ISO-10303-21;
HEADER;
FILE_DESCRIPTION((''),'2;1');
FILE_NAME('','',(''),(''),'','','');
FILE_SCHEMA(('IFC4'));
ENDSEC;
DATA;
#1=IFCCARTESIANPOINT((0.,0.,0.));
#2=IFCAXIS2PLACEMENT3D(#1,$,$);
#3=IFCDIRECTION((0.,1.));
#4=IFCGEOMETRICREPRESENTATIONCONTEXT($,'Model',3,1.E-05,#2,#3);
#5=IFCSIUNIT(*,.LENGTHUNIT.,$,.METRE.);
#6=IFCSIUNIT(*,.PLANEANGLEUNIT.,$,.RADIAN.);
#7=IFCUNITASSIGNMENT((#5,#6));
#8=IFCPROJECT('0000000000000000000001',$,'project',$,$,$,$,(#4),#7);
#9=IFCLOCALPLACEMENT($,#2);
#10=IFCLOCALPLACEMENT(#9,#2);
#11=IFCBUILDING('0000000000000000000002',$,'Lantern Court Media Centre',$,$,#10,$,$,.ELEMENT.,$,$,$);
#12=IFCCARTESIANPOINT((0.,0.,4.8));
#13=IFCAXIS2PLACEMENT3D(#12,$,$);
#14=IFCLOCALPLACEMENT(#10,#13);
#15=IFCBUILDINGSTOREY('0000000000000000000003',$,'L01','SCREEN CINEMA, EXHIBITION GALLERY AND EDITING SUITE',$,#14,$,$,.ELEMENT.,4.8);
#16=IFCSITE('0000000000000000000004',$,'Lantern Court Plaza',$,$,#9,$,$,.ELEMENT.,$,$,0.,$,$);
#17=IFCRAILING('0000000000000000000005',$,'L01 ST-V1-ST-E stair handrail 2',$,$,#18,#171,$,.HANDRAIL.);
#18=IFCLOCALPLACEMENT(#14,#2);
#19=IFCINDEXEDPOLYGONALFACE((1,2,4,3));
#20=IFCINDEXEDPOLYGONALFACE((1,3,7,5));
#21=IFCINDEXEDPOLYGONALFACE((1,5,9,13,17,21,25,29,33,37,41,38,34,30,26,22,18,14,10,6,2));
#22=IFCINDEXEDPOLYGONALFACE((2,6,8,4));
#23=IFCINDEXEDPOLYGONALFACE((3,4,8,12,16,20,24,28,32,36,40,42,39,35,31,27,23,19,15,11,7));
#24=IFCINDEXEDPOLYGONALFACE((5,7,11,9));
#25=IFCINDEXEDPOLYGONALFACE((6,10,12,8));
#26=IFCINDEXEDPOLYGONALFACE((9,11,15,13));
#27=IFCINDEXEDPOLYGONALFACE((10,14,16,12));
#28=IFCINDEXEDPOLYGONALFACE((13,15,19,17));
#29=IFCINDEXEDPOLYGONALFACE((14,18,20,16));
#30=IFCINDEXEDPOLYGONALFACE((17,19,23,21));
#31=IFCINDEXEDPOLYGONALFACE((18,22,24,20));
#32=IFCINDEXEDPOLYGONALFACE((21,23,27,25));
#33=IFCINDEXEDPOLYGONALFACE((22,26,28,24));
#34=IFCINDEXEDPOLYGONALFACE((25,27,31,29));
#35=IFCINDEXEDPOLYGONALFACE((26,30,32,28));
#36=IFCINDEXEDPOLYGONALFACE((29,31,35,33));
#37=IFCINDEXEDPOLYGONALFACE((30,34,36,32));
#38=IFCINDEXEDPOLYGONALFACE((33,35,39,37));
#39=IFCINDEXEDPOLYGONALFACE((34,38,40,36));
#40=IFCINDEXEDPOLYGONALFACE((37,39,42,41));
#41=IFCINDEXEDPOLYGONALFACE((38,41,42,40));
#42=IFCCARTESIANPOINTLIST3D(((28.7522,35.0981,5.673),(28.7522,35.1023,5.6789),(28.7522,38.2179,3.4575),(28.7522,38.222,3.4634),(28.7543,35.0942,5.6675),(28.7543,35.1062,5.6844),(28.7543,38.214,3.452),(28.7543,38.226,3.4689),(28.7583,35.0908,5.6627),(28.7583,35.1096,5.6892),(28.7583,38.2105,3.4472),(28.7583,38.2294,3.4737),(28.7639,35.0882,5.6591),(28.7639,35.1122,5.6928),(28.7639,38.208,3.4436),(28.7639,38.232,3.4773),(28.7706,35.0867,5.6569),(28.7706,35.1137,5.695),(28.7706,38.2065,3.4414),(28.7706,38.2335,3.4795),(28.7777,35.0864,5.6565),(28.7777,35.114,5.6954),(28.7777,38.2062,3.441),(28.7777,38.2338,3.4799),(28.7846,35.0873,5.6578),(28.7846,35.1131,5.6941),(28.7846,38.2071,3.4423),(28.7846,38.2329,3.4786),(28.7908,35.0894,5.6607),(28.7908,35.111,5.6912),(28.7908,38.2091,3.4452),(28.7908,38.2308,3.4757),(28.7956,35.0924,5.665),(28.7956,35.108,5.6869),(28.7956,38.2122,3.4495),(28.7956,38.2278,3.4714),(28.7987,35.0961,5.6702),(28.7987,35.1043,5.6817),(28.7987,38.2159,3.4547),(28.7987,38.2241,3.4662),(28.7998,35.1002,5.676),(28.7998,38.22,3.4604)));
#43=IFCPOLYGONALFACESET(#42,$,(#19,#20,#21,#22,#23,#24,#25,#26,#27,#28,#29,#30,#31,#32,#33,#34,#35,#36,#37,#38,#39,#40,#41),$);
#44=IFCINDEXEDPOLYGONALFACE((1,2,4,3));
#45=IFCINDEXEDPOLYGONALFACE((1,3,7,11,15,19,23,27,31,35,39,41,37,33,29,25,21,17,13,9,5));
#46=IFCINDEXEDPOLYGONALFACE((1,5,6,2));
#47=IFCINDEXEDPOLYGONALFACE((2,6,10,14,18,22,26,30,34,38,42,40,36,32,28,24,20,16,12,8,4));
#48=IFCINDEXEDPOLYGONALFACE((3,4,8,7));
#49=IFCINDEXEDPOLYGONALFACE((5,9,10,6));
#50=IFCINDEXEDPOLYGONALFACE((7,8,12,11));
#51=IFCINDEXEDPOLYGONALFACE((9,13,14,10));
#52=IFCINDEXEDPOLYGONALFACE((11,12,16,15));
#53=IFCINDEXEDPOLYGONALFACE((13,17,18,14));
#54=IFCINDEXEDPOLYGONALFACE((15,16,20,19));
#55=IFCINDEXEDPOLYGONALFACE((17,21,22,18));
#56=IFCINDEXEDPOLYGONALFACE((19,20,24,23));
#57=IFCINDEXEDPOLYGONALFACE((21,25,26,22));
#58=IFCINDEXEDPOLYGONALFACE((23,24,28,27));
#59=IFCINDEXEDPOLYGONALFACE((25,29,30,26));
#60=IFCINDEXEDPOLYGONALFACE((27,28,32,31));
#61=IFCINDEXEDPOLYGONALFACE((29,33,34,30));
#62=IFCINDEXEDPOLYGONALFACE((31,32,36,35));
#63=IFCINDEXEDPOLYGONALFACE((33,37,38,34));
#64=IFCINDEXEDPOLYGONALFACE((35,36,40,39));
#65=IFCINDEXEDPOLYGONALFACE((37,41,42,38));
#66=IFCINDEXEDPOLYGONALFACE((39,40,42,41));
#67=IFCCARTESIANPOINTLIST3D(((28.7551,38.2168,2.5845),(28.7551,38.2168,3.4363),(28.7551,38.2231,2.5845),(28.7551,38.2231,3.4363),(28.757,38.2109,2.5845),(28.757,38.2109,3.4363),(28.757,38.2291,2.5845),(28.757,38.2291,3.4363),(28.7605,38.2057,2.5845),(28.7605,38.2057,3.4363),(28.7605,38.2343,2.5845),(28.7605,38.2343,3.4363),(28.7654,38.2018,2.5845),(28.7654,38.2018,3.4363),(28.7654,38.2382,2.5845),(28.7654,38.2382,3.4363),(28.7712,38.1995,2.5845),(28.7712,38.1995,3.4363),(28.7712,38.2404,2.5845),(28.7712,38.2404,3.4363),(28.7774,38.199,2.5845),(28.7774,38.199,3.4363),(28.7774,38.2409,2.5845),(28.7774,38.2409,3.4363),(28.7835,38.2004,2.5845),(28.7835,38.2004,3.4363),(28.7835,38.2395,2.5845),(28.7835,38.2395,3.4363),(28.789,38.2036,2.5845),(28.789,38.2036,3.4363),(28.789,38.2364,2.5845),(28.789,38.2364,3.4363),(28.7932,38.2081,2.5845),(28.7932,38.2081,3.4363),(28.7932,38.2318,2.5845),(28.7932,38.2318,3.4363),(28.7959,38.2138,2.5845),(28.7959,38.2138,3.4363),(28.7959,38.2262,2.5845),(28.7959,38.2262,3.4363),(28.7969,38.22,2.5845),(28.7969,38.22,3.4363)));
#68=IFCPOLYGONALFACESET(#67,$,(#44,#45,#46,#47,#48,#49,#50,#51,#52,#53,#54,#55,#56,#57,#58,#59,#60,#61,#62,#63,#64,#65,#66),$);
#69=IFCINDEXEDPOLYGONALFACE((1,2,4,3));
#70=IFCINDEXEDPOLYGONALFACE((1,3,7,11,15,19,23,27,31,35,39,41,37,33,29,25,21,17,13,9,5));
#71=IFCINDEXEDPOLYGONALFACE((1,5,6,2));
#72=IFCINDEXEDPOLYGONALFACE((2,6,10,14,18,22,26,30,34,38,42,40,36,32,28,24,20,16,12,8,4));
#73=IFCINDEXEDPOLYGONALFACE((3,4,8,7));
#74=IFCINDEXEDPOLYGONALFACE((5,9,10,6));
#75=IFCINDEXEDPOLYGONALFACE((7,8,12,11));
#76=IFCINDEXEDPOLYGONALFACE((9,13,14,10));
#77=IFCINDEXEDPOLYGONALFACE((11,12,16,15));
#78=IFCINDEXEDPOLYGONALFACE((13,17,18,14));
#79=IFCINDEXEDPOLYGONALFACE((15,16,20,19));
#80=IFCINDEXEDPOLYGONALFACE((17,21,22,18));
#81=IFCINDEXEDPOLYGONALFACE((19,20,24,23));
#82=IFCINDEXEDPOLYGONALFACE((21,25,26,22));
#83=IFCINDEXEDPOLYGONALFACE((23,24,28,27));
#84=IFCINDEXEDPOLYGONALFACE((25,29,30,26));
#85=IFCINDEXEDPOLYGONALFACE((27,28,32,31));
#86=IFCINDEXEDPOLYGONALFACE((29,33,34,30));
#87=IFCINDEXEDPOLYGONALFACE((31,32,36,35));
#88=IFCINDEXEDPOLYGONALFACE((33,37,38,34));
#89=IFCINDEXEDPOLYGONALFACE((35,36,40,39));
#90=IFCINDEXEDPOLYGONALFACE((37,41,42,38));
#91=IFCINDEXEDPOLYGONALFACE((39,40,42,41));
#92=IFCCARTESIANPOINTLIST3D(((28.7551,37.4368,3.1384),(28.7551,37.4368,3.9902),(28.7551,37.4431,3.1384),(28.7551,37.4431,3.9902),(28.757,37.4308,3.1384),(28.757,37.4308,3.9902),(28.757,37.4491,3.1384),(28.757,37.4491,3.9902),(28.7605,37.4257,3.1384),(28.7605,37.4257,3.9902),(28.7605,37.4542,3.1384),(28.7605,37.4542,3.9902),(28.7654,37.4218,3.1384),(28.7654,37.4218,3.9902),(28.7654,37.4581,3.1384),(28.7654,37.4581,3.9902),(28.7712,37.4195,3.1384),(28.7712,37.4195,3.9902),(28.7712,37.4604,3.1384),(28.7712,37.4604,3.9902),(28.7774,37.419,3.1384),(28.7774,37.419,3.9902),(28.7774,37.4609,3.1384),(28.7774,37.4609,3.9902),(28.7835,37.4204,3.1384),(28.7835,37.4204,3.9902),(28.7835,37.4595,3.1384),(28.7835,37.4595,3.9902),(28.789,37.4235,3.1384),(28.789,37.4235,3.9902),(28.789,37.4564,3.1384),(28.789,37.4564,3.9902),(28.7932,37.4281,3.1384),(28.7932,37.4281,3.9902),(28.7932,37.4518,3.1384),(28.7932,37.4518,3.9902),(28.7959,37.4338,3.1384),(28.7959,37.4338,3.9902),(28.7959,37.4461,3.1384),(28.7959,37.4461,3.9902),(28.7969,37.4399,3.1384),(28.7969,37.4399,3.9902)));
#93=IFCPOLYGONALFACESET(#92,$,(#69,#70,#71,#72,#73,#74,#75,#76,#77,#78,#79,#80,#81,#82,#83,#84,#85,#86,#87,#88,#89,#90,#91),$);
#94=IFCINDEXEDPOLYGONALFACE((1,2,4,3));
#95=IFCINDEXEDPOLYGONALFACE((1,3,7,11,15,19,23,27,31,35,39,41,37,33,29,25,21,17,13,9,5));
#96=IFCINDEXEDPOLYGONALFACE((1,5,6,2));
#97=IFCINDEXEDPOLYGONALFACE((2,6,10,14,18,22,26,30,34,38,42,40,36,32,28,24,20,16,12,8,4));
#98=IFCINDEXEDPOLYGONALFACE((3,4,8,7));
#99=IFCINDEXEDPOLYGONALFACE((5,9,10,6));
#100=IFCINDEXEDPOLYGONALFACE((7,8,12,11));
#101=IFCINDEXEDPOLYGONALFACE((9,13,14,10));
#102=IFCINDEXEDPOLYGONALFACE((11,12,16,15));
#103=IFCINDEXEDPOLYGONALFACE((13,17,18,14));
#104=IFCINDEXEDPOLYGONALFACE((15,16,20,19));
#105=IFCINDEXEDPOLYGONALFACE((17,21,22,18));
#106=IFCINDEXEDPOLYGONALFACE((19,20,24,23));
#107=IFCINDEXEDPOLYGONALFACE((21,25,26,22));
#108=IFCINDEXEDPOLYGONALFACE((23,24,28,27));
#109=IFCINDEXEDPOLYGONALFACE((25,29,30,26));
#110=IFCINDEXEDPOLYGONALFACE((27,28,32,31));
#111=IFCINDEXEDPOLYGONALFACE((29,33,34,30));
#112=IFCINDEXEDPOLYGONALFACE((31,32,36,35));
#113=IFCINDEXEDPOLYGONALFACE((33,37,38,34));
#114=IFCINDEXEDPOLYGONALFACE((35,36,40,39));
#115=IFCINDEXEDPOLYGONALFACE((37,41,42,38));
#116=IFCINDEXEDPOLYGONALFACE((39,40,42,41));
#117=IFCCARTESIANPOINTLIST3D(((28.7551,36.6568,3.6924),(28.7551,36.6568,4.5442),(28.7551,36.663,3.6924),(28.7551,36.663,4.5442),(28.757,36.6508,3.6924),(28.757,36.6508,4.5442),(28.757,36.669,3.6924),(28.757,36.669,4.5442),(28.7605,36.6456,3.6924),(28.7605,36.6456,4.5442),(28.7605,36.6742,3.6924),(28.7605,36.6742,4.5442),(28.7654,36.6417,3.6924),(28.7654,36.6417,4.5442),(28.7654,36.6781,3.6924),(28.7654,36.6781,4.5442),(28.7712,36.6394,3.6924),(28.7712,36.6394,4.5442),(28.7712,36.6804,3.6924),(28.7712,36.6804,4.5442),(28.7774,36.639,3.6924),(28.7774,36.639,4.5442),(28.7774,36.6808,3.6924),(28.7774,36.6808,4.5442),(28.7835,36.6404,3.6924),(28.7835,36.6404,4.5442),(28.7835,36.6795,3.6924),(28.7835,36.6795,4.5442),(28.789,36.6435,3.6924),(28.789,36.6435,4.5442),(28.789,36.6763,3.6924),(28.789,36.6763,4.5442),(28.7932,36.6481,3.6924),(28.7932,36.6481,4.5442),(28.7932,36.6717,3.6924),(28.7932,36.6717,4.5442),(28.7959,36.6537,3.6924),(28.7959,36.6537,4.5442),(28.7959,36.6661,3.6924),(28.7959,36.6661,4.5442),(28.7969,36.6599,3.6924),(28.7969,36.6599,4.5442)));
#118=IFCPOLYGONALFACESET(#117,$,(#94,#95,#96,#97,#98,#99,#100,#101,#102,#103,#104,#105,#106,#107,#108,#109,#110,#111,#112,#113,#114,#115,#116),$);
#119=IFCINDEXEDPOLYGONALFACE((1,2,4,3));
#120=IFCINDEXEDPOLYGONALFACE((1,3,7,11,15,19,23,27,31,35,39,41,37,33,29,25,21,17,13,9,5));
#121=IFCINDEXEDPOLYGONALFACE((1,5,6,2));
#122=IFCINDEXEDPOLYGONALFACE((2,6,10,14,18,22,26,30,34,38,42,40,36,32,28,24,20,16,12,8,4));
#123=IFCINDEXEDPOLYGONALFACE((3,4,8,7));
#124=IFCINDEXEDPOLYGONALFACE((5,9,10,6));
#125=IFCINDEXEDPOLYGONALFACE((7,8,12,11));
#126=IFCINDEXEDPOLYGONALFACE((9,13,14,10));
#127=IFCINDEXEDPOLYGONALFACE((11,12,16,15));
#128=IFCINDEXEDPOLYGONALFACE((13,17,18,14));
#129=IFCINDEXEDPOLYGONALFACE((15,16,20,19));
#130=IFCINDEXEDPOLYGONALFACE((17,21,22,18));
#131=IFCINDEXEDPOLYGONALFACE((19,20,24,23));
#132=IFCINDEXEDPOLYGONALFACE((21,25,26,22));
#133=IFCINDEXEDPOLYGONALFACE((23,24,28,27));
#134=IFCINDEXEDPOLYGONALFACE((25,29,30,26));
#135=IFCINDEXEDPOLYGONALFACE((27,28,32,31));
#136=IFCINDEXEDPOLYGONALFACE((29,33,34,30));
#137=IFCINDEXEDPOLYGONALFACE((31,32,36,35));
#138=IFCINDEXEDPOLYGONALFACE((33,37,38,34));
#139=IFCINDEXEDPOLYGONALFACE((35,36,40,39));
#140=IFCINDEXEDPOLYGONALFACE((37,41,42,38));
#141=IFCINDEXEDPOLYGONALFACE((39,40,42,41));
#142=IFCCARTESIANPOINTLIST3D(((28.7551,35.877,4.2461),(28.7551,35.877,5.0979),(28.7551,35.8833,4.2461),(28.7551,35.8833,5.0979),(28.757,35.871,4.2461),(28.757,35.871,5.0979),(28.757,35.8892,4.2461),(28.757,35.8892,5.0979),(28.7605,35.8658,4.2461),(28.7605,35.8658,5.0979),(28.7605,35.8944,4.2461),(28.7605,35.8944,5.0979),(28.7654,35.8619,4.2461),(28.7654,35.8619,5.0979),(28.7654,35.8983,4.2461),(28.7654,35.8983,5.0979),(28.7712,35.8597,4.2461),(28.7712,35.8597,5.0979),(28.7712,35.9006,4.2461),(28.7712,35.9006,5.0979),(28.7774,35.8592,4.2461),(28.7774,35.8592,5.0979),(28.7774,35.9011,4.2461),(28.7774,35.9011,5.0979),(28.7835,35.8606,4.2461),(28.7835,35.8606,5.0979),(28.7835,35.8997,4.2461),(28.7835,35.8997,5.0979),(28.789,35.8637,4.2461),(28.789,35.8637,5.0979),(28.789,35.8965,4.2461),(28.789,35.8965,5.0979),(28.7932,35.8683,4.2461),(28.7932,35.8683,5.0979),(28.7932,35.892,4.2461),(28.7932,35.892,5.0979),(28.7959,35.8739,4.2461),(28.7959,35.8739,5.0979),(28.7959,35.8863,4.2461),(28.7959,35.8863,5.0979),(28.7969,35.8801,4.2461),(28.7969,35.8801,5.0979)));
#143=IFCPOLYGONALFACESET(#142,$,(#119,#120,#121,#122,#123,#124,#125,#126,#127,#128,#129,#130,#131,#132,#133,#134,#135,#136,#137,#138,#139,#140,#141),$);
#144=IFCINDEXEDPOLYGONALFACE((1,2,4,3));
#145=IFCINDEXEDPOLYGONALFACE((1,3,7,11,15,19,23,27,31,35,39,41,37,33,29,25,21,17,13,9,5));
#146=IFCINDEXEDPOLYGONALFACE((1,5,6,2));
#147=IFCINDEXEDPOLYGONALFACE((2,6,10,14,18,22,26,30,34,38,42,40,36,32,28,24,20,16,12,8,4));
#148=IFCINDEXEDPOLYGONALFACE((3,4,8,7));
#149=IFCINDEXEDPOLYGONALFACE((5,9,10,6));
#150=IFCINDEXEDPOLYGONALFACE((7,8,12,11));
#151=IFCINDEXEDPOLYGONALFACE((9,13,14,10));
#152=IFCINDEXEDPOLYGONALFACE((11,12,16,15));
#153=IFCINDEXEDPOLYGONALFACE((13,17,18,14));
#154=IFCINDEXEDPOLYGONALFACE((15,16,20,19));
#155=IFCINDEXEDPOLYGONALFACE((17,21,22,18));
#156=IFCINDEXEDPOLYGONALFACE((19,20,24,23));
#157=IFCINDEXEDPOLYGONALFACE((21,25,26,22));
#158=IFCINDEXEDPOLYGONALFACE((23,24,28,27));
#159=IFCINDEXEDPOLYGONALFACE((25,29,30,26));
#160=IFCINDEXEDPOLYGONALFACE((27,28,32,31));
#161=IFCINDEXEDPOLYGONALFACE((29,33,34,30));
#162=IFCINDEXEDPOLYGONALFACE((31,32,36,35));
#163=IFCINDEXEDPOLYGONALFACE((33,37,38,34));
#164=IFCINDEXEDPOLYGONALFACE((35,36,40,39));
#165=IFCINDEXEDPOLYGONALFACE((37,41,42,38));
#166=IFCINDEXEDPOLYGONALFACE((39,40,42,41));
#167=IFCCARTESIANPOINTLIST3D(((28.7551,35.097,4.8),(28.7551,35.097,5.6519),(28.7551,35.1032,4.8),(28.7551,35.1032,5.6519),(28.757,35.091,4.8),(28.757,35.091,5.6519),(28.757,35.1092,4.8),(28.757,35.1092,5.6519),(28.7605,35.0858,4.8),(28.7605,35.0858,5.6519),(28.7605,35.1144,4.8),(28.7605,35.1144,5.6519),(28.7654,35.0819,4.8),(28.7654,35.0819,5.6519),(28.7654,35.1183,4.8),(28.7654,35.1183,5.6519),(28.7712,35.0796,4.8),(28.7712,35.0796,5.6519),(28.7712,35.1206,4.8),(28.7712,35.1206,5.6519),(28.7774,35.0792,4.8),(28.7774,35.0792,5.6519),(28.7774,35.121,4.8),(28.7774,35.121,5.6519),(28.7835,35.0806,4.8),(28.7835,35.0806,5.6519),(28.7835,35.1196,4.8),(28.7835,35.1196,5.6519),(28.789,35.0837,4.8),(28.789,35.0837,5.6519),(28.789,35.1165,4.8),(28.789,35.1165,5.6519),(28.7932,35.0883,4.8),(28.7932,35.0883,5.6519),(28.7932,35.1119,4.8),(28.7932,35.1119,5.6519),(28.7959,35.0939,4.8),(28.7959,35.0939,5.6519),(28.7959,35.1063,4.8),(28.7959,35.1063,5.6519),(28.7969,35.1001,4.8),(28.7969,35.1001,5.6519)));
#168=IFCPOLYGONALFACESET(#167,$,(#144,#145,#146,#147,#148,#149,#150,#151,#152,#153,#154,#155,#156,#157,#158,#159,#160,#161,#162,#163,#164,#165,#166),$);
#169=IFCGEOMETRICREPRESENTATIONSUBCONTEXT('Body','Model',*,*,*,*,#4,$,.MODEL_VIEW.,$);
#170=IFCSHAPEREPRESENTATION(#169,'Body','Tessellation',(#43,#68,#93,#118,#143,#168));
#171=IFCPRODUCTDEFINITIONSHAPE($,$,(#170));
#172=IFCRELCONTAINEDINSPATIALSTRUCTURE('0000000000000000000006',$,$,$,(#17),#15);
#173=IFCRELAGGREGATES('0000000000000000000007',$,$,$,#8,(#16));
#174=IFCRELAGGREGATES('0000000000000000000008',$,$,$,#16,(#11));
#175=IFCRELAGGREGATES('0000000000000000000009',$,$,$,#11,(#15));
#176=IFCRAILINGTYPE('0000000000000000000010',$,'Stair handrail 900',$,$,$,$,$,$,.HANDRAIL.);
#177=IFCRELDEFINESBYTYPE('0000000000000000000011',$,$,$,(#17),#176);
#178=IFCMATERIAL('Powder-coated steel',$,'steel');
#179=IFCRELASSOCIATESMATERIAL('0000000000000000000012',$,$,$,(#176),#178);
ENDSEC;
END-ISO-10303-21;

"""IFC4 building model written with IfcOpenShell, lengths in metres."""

from ifc_helpers import new_model, si_unit, direction, frame, origin, origin_2d, place, context, subcontext, project, spatial, circle, extrude, material, type_object, element, save


model = new_model("IFC4")

# Units and contexts
model_context = context("Model", 3, precision=1e-05, world=origin(), true_north=direction((0.0, 1.0)))
body_context = subcontext(model_context, "Body", "Model", "MODEL_VIEW")
ifc_project = project(units=[si_unit("LENGTHUNIT", "METRE"), si_unit("PLANEANGLEUNIT", "RADIAN")], contexts=[model_context])

# Site, building, storey
site_placement = place(None, origin())
site = spatial("IfcSite", under=ifc_project, at=site_placement, Name="Lantern Court Plaza", CompositionType="ELEMENT", RefElevation=0.0)
building_placement = place(site_placement, origin())
building = spatial("IfcBuilding", under=site, at=building_placement, Name="Lantern Court Media Centre", CompositionType="ELEMENT")
storey_placement = place(building_placement, frame((0.0, 0.0, 4.8)))
storey = spatial("IfcBuildingStorey", under=building, at=storey_placement, Name="L01", Description="SCREEN CINEMA, EXHIBITION GALLERY AND EDITING SUITE", CompositionType="ELEMENT", Elevation=4.8)

# Railing
ifc_material_1 = material(Name="Powder-coated steel", Category="steel")
railing_type_1 = type_object("IfcRailingType", Name="Stair handrail 900", PredefinedType="HANDRAIL", material=ifc_material_1)
railing_1_placement = place(storey_placement, frame((28.7759, 38.22, 2.5845)))
element("IfcRailing", 1, at=railing_1_placement, inside=storey, type_object=railing_type_1, Name="L01 ST-V1-ST-E stair handrail 2", PredefinedType="HANDRAIL", context=body_context, shape_type="SweptSolid", body=[
    extrude(circle(Radius=0.0239, at=origin_2d()), frame((0.0, 0.0, 0.876), z_axis=(0.0, -0.815325, 0.579003), x_axis=(1.0, 0.0, 0.0)), (0.0, 0.0, 1.0), 3.8264),
    extrude(circle(Radius=0.021, at=origin_2d()), origin(), (0.0, 0.0, 1.0), 0.8518),
    extrude(circle(Radius=0.021, at=origin_2d()), frame((0.0, -0.78, 0.554)), (0.0, 0.0, 1.0), 0.8518),
    extrude(circle(Radius=0.021, at=origin_2d()), frame((0.0, -1.5601, 1.1079)), (0.0, 0.0, 1.0), 0.8518),
    extrude(circle(Radius=0.021, at=origin_2d()), frame((0.0, -2.3398, 1.6616)), (0.0, 0.0, 1.0), 0.8518),
    extrude(circle(Radius=0.021, at=origin_2d()), frame((0.0, -3.1199, 2.2156)), (0.0, 0.0, 1.0), 0.8518),
])

save(model, "model.ifc")
